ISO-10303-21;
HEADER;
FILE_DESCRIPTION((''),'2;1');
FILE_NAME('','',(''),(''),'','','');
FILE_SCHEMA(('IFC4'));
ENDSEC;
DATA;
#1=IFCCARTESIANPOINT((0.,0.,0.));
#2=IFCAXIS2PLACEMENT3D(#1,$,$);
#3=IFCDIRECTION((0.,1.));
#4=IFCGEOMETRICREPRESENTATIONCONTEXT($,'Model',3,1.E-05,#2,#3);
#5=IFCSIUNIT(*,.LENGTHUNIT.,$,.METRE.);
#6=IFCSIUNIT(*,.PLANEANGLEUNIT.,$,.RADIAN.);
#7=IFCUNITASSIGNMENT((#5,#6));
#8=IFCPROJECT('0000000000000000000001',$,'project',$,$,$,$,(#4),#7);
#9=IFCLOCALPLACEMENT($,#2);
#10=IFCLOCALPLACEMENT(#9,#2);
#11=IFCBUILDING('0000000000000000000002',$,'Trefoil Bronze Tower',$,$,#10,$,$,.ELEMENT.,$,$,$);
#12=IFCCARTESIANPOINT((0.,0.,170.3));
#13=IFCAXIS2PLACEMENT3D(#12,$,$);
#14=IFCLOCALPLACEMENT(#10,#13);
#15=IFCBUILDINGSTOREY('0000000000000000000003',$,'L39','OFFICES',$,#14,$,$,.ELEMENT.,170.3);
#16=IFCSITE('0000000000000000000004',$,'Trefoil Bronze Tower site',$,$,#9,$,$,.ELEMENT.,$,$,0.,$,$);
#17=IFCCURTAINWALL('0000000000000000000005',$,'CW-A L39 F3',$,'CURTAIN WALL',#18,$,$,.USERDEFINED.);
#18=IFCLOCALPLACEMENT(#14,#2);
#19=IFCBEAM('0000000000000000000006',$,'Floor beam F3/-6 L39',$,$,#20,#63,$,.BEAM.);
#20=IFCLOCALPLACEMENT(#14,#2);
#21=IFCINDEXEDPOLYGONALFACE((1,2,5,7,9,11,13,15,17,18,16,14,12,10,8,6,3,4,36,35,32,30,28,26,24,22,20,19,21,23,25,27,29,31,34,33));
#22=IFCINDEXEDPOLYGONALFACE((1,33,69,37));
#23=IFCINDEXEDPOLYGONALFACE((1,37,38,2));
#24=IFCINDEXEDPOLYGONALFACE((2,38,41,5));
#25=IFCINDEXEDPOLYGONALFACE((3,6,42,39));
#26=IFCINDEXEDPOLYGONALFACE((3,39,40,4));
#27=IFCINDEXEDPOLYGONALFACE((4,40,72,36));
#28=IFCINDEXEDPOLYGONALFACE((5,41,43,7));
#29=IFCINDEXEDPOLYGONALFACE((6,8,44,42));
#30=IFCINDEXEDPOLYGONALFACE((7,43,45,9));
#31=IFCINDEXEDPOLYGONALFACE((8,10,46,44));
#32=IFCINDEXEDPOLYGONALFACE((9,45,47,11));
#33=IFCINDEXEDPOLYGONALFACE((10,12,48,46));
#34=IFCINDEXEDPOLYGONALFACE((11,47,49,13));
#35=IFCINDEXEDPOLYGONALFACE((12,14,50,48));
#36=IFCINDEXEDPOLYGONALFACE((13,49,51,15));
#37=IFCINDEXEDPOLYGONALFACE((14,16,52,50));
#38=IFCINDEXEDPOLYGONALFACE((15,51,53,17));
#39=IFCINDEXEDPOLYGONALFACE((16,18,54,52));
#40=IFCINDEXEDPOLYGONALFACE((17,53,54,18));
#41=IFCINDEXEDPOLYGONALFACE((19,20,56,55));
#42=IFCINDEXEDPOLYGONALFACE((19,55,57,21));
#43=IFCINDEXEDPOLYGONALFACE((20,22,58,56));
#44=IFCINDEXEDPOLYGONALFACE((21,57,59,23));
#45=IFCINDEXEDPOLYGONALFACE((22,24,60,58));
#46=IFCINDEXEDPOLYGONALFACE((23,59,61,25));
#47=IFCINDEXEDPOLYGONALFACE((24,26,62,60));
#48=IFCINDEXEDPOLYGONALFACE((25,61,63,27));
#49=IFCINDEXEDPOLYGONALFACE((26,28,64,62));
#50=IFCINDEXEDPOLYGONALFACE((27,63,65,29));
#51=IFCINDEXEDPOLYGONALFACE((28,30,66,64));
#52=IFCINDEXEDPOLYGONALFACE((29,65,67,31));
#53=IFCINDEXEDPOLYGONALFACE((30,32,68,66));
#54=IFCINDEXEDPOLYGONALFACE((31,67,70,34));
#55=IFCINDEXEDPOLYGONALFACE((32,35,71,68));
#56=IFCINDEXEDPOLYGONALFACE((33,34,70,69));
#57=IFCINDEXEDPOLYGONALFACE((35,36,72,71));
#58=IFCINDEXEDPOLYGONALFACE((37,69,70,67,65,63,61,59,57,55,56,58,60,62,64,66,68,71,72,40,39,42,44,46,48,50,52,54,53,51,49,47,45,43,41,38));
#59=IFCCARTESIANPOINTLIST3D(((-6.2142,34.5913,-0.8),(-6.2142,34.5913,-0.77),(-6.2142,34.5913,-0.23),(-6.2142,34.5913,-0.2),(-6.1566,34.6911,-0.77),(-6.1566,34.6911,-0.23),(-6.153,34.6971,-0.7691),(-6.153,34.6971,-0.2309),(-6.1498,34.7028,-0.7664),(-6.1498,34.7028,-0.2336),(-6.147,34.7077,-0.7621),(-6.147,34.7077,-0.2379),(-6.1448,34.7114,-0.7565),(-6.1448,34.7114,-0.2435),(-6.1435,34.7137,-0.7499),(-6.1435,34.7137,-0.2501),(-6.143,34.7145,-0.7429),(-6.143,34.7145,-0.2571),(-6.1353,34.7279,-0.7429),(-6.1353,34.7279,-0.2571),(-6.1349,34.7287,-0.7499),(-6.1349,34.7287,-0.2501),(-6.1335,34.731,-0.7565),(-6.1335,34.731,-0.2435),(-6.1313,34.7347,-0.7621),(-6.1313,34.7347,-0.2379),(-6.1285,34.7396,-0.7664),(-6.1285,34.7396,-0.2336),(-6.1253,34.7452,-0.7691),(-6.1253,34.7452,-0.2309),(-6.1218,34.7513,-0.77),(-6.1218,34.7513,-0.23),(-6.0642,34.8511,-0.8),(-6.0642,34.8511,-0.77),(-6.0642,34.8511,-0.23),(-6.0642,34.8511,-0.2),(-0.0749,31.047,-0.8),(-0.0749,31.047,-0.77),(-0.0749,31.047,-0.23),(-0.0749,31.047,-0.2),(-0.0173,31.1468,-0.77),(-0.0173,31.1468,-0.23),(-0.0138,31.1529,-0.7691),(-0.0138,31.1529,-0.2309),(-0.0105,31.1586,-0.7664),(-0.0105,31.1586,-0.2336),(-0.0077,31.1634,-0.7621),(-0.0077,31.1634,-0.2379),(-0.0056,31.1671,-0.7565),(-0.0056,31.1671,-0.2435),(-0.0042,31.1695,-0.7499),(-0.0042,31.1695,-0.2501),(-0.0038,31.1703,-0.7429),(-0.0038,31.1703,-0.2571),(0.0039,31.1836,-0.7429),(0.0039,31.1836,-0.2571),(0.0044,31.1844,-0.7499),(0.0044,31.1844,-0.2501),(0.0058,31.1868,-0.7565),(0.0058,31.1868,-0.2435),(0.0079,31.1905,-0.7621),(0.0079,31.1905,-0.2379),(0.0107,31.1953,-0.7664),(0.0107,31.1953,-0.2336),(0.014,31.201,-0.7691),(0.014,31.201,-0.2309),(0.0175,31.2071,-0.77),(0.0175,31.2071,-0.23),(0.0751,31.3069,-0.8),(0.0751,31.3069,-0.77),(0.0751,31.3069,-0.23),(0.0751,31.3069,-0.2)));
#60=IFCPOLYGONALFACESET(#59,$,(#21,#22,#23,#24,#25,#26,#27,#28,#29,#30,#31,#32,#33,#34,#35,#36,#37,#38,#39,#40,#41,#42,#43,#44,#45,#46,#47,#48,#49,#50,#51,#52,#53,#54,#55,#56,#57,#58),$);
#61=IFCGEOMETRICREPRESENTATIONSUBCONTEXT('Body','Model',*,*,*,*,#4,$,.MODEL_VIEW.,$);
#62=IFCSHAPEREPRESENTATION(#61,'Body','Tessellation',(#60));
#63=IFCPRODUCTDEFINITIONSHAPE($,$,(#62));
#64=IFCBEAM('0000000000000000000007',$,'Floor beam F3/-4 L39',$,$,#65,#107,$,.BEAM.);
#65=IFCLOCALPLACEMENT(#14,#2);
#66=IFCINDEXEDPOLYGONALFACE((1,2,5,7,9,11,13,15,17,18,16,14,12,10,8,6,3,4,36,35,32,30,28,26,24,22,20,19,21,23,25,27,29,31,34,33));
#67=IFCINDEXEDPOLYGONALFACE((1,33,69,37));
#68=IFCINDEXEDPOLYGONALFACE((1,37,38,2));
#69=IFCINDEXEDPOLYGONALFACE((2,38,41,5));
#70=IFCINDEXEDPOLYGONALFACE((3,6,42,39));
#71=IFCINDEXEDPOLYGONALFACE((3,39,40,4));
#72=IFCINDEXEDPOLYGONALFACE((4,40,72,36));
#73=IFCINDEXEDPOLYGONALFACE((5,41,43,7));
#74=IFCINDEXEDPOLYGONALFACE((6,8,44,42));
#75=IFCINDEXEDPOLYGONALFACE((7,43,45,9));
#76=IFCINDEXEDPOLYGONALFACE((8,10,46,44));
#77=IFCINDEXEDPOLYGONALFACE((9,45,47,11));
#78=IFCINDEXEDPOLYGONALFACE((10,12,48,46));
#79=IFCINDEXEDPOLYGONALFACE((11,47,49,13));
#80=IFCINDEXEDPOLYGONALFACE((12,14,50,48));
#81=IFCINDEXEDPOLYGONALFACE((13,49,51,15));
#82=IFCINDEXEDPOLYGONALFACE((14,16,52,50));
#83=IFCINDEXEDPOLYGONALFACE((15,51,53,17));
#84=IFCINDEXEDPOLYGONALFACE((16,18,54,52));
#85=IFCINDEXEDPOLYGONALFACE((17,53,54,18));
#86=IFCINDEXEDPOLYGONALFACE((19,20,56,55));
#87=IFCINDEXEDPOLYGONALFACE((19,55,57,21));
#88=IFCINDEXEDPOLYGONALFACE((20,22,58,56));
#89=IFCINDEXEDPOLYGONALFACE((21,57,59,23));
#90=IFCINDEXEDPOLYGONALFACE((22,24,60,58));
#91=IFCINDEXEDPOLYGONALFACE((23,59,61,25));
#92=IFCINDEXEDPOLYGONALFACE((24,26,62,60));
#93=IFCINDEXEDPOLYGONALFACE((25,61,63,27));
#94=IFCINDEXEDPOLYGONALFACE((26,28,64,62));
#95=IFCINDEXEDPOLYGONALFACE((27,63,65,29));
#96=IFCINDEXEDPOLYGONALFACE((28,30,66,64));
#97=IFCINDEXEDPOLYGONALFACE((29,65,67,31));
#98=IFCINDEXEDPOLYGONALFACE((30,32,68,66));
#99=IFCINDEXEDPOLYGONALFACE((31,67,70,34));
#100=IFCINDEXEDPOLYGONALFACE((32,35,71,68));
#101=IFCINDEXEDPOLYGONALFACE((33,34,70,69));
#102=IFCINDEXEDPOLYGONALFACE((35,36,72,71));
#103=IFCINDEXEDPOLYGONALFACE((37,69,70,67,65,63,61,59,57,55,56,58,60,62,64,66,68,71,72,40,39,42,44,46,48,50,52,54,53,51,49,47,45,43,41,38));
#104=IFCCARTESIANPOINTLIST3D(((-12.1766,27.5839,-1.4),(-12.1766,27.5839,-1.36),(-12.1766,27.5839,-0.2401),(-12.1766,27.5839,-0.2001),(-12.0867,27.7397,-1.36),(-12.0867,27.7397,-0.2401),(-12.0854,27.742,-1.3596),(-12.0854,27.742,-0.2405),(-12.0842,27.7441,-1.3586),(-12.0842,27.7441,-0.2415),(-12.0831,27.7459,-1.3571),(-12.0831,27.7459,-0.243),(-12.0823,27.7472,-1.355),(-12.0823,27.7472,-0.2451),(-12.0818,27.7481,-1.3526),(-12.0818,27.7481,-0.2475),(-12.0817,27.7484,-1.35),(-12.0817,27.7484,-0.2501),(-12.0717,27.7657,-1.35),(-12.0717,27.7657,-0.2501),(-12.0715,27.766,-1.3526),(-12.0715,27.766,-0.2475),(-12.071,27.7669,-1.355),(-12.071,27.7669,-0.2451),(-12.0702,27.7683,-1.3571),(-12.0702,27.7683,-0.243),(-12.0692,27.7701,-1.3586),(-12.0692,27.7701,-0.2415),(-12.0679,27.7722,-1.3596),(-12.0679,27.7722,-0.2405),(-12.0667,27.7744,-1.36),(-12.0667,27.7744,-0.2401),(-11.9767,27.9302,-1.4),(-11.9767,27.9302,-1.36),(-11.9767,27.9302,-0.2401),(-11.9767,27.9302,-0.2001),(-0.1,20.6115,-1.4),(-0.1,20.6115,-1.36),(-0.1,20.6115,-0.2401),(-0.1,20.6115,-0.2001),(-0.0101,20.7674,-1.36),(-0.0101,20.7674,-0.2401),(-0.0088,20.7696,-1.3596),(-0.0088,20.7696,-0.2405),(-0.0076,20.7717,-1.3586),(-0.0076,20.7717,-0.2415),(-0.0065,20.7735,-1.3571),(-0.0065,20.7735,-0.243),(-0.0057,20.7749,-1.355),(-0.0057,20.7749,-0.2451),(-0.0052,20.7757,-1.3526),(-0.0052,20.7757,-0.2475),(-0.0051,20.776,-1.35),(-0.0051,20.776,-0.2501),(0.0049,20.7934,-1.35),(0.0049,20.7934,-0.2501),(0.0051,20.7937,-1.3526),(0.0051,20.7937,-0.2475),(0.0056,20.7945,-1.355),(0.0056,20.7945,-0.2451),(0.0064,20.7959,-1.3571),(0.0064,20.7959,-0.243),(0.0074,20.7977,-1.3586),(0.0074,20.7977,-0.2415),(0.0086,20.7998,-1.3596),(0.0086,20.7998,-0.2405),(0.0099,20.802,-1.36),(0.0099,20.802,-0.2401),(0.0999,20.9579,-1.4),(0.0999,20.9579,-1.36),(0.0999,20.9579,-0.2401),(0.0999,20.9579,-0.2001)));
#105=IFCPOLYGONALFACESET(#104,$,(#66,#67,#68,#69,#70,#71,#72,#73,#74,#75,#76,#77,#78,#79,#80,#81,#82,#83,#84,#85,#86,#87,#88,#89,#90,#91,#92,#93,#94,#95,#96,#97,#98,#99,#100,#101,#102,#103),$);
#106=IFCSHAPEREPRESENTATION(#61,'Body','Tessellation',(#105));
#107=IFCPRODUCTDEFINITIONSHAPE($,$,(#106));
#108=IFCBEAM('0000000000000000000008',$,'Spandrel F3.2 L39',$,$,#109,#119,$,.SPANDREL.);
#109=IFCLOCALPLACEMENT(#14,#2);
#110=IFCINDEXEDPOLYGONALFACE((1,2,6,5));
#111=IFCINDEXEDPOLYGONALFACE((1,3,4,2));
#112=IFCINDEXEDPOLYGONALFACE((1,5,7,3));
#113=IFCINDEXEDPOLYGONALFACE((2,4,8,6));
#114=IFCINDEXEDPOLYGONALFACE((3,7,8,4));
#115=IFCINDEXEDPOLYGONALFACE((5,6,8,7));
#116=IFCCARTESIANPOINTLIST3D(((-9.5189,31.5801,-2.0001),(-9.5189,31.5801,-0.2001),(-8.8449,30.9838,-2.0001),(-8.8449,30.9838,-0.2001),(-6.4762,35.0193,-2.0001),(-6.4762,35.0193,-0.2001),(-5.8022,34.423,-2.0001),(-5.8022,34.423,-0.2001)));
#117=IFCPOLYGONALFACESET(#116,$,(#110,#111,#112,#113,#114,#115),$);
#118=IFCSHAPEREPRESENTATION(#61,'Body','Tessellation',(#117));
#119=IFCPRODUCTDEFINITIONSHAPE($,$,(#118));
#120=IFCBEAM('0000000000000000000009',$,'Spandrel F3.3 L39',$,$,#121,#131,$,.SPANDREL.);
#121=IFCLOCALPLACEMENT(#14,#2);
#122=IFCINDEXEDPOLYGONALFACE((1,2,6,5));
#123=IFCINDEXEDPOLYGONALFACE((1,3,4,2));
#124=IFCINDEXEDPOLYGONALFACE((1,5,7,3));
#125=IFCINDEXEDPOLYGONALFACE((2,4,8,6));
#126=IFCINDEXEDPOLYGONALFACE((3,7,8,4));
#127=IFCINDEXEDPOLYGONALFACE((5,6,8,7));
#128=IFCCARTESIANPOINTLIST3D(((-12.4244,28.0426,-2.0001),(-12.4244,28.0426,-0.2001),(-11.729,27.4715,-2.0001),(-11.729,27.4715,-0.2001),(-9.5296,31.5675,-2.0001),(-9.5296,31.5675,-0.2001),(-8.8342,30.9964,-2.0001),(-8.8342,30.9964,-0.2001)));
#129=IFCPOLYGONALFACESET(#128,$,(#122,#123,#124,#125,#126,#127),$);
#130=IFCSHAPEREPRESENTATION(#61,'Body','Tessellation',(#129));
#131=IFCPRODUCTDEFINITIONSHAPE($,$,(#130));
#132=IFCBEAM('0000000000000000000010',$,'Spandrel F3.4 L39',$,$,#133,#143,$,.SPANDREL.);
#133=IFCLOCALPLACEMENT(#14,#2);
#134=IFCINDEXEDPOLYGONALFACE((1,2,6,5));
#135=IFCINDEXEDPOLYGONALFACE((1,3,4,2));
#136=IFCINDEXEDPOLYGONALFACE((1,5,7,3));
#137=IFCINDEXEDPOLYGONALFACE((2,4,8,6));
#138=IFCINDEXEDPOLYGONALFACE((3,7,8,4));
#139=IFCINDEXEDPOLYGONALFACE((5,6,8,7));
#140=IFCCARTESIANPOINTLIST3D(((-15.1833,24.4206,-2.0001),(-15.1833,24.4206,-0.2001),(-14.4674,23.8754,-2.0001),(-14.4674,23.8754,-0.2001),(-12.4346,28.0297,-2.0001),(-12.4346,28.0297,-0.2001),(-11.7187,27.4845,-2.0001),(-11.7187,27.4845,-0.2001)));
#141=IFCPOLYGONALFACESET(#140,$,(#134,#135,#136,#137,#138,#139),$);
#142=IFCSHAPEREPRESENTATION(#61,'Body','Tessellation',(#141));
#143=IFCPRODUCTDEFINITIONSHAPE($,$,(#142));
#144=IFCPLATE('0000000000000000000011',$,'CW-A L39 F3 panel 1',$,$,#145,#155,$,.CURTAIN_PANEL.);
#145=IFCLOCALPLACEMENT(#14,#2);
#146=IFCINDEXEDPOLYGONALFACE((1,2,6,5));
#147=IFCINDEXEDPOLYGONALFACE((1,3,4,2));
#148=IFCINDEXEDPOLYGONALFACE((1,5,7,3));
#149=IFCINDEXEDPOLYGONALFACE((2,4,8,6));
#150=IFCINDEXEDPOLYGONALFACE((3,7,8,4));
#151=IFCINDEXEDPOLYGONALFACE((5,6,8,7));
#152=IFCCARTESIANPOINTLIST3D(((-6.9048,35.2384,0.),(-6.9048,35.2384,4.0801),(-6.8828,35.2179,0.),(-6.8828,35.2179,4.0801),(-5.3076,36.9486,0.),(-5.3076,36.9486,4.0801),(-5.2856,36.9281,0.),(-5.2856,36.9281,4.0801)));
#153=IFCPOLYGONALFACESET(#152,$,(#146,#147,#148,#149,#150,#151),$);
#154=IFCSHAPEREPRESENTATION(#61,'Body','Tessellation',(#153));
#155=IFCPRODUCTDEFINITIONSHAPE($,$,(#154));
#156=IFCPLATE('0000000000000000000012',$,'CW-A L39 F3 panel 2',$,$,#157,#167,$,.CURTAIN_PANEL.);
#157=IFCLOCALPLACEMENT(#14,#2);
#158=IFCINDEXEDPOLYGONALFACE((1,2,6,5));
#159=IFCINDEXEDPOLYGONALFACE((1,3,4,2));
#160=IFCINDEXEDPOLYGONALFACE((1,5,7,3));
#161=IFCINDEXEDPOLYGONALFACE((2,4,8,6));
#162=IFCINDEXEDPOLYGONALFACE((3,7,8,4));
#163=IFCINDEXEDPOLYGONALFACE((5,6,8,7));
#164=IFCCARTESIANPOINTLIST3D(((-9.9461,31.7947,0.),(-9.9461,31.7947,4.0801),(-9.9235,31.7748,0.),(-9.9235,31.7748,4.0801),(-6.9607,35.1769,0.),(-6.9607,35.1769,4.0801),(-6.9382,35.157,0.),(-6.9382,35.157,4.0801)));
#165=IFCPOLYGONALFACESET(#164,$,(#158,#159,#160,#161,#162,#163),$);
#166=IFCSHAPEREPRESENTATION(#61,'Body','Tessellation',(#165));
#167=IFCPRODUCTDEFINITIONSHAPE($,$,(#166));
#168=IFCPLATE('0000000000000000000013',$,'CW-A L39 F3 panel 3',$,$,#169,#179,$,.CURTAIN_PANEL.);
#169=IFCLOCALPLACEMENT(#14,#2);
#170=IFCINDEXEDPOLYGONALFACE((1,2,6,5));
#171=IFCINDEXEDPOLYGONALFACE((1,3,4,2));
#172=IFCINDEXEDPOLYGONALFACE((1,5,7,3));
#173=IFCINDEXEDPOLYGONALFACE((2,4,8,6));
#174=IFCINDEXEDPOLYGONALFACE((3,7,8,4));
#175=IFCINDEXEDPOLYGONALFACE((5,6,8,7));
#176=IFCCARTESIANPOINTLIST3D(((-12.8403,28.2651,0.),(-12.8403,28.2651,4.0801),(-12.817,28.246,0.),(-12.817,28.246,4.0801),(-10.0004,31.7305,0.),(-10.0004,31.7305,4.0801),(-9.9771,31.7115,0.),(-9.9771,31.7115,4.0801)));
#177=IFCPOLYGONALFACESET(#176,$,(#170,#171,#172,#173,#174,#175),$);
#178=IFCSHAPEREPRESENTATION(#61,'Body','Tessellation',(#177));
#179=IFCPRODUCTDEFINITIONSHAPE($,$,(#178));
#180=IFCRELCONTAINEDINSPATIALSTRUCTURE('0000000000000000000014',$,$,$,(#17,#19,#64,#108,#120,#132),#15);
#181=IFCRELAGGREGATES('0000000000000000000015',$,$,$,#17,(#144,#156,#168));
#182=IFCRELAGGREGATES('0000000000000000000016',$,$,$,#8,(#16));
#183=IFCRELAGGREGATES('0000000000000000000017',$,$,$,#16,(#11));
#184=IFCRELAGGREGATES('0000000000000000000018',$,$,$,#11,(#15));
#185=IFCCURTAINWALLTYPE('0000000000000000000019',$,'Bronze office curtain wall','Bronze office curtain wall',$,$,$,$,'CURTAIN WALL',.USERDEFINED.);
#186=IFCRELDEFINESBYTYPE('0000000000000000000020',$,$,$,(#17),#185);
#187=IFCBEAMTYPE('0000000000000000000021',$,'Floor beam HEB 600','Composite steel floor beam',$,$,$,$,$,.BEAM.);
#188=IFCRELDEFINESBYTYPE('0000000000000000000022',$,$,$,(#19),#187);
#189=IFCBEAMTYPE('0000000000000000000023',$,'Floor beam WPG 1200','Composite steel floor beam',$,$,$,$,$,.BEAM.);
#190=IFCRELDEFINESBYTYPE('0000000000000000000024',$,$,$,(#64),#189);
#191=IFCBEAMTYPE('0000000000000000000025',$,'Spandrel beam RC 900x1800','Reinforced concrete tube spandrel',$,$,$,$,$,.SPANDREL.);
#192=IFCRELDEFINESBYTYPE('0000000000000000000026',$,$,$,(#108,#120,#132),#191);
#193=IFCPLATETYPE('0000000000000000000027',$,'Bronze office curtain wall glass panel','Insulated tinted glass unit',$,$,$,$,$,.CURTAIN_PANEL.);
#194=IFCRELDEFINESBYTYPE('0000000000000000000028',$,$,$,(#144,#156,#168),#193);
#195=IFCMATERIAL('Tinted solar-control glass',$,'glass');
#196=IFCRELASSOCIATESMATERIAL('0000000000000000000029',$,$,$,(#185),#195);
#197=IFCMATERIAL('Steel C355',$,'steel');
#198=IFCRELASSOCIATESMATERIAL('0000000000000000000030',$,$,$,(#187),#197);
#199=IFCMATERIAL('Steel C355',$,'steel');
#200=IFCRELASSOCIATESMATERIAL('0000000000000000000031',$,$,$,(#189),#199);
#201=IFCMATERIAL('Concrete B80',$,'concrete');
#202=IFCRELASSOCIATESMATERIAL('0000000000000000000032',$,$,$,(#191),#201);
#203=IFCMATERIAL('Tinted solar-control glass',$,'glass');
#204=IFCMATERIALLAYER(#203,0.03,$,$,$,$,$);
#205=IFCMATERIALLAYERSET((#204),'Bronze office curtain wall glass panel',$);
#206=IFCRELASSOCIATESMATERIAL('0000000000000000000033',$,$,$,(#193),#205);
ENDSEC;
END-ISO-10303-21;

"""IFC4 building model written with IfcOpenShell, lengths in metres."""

from ifc_helpers import new_model, si_unit, direction, frame, origin, origin_2d, place, context, subcontext, project, spatial, rectangle, i_section, extrude, material, layer, layer_set, material_profile, profile_set, type_object, element, aggregate, save


model = new_model("IFC4")

# Units and contexts
model_context = context("Model", 3, precision=1e-05, world=origin(), true_north=direction((0.0, 1.0)))
body_context = subcontext(model_context, "Body", "Model", "MODEL_VIEW")
ifc_project = project(units=[si_unit("LENGTHUNIT", "METRE"), si_unit("PLANEANGLEUNIT", "RADIAN")], contexts=[model_context])

# Site, building, storey
site_placement = place(None, origin())
site = spatial("IfcSite", under=ifc_project, at=site_placement, Name="Trefoil Bronze Tower site", CompositionType="ELEMENT", RefElevation=0.0)
building_placement = place(site_placement, origin())
building = spatial("IfcBuilding", under=site, at=building_placement, Name="Trefoil Bronze Tower", CompositionType="ELEMENT")
storey_placement = place(building_placement, frame((0.0, 0.0, 170.3)))
storey = spatial("IfcBuildingStorey", under=building, at=storey_placement, Name="L39", Description="OFFICES", CompositionType="ELEMENT", Elevation=170.3)

# Curtain wall
ifc_material_1 = material(Name="Tinted solar-control glass", Category="glass")
curtain_wall_type_1 = type_object("IfcCurtainWallType", Name="Bronze office curtain wall", Description="Bronze office curtain wall", ElementType="CURTAIN WALL", PredefinedType="USERDEFINED", material=ifc_material_1)
curtain_wall_1_placement = place(storey_placement, origin())
curtain_wall_1 = element("IfcCurtainWall", 1, at=curtain_wall_1_placement, inside=storey, type_object=curtain_wall_type_1, Name="CW-A L39 F3", ObjectType="CURTAIN WALL", PredefinedType="USERDEFINED")

# Beams
ifc_material_2 = material(Name="Steel C355", Category="steel")
ifc_material_profile_1 = material_profile(ifc_material_2, i_section(OverallWidth=0.3, OverallDepth=0.6001, WebThickness=0.0154, FlangeThickness=0.03, FilletRadius=0.0271, at=origin_2d()), Name="HEB 600")
ifc_profile_set_1 = profile_set([ifc_material_profile_1], Name="Steel C355")
beam_type_1 = type_object("IfcBeamType", Name="Floor beam HEB 600", Description="Composite steel floor beam", PredefinedType="BEAM", material=ifc_profile_set_1)
beam_1_placement = place(storey_placement, frame((-6.1392, 34.7212, -0.5), z_axis=(0.866041, -0.499973, 0.0), x_axis=(0.499973, 0.866041, 0.0)))
element("IfcBeam", 2, at=beam_1_placement, inside=storey, type_object=beam_type_1, Name="Floor beam F3/-6 L39", PredefinedType="BEAM", context=body_context, shape_type="SweptSolid", body=[
    extrude(i_section(OverallWidth=0.3, OverallDepth=0.6001, WebThickness=0.0154, FlangeThickness=0.03, FilletRadius=0.0271, at=origin_2d()), origin(), (0.0, 0.0, 1.0), 7.0889),
])
ifc_material_3 = material(Name="Steel C355", Category="steel")
ifc_material_profile_2 = material_profile(ifc_material_3, i_section(OverallWidth=0.3999, OverallDepth=1.2, WebThickness=0.02, FlangeThickness=0.04, FilletRadius=0.01, at=origin_2d()), Name="WPG 1200")
ifc_profile_set_2 = profile_set([ifc_material_profile_2], Name="Steel C355")
beam_type_2 = type_object("IfcBeamType", Name="Floor beam WPG 1200", Description="Composite steel floor beam", PredefinedType="BEAM", material=ifc_profile_set_2)
beam_2_placement = place(storey_placement, frame((-12.0767, 27.7571, -0.8), z_axis=(0.866027, -0.499997, 0.0), x_axis=(0.499997, 0.866027, 0.0)))
element("IfcBeam", 3, at=beam_2_placement, inside=storey, type_object=beam_type_2, Name="Floor beam F3/-4 L39", PredefinedType="BEAM", context=body_context, shape_type="SweptSolid", body=[
    extrude(i_section(OverallWidth=0.3999, OverallDepth=1.2, WebThickness=0.02, FlangeThickness=0.04, FilletRadius=0.01, at=origin_2d()), origin(), (0.0, 0.0, 1.0), 13.9448),
])
ifc_material_4 = material(Name="Concrete B80", Category="concrete")
ifc_material_profile_3 = material_profile(ifc_material_4, rectangle(XDim=0.8999, YDim=1.8, at=origin_2d()), Name="RC 900x1800")
ifc_profile_set_3 = profile_set([ifc_material_profile_3], Name="Concrete B80")
beam_type_3 = type_object("IfcBeamType", Name="Spandrel beam RC 900x1800", Description="Reinforced concrete tube spandrel", PredefinedType="SPANDREL", material=ifc_profile_set_3)
beam_3_placement = place(storey_placement, frame((-6.1392, 34.7212, -1.1001), z_axis=(-0.662616, -0.748959, 0.0), x_axis=(0.748959, -0.662616, 0.0)))
element("IfcBeam", 4, at=beam_3_placement, inside=storey, type_object=beam_type_3, Name="Spandrel F3.2 L39", PredefinedType="SPANDREL", context=body_context, shape_type="SweptSolid", body=[
    extrude(rectangle(XDim=0.8999, YDim=1.8, at=origin_2d()), origin(), (0.0, 0.0, 1.0), 4.592),
])
beam_4_placement = place(storey_placement, frame((-9.1819, 31.282, -1.1001), z_axis=(-0.63465, -0.772799, 0.0), x_axis=(0.772799, -0.63465, 0.0)))
element("IfcBeam", 5, at=beam_4_placement, inside=storey, type_object=beam_type_3, Name="Spandrel F3.3 L39", PredefinedType="SPANDREL", context=body_context, shape_type="SweptSolid", body=[
    extrude(rectangle(XDim=0.8999, YDim=1.8, at=origin_2d()), origin(), (0.0, 0.0, 1.0), 4.5613),
])
beam_5_placement = place(storey_placement, frame((-12.0767, 27.7571, -1.1001), z_axis=(-0.605899, -0.795542, 0.0), x_axis=(0.795542, -0.605899, 0.0)))
element("IfcBeam", 6, at=beam_5_placement, inside=storey, type_object=beam_type_3, Name="Spandrel F3.4 L39", PredefinedType="SPANDREL", context=body_context, shape_type="SweptSolid", body=[
    extrude(rectangle(XDim=0.8999, YDim=1.8, at=origin_2d()), origin(), (0.0, 0.0, 1.0), 4.5366),
])

# Plates
ifc_material_5 = material(Name="Tinted solar-control glass", Category="glass")
ifc_layer_1 = layer(ifc_material_5, 0.03)
ifc_layer_set_1 = layer_set([ifc_layer_1], Name="Bronze office curtain wall glass panel")
plate_type_1 = type_object("IfcPlateType", Name="Bronze office curtain wall glass panel", Description="Insulated tinted glass unit", PredefinedType="CURTAIN_PANEL", material=ifc_layer_set_1)
plate_1_placement = place(storey_placement, frame((-6.0952, 36.0833, 0.0), z_axis=(0.0, 0.0, 1.0), x_axis=(-0.682536, -0.730852, 0.0)))
plate_1 = element("IfcPlate", 7, at=plate_1_placement, type_object=plate_type_1, Name="CW-A L39 F3 panel 1", PredefinedType="CURTAIN_PANEL", context=body_context, shape_type="SweptSolid", body=[
    extrude(rectangle(XDim=2.3401, YDim=0.03, at=origin_2d()), origin(), (0.0, 0.0, 1.0), 4.0801),
])
plate_2_placement = place(storey_placement, frame((-8.4421, 33.4758, 0.0), z_axis=(0.0, 0.0, 1.0), x_axis=(-0.661751, -0.749723, 0.0)))
plate_2 = element("IfcPlate", 8, at=plate_2_placement, type_object=plate_type_1, Name="CW-A L39 F3 panel 2", PredefinedType="CURTAIN_PANEL", context=body_context, shape_type="SweptSolid", body=[
    extrude(rectangle(XDim=4.5112, YDim=0.03, at=origin_2d()), origin(), (0.0, 0.0, 1.0), 4.0801),
])
plate_3_placement = place(storey_placement, frame((-11.4087, 29.9883, 0.0), z_axis=(0.0, 0.0, 1.0), x_axis=(-0.63384, -0.773464, 0.0)))
plate_3 = element("IfcPlate", 9, at=plate_3_placement, type_object=plate_type_1, Name="CW-A L39 F3 panel 3", PredefinedType="CURTAIN_PANEL", context=body_context, shape_type="SweptSolid", body=[
    extrude(rectangle(XDim=4.4805, YDim=0.03, at=origin_2d()), origin(), (0.0, 0.0, 1.0), 4.0801),
])
aggregate(curtain_wall_1, [plate_1, plate_2, plate_3])

save(model, "model.ifc")
